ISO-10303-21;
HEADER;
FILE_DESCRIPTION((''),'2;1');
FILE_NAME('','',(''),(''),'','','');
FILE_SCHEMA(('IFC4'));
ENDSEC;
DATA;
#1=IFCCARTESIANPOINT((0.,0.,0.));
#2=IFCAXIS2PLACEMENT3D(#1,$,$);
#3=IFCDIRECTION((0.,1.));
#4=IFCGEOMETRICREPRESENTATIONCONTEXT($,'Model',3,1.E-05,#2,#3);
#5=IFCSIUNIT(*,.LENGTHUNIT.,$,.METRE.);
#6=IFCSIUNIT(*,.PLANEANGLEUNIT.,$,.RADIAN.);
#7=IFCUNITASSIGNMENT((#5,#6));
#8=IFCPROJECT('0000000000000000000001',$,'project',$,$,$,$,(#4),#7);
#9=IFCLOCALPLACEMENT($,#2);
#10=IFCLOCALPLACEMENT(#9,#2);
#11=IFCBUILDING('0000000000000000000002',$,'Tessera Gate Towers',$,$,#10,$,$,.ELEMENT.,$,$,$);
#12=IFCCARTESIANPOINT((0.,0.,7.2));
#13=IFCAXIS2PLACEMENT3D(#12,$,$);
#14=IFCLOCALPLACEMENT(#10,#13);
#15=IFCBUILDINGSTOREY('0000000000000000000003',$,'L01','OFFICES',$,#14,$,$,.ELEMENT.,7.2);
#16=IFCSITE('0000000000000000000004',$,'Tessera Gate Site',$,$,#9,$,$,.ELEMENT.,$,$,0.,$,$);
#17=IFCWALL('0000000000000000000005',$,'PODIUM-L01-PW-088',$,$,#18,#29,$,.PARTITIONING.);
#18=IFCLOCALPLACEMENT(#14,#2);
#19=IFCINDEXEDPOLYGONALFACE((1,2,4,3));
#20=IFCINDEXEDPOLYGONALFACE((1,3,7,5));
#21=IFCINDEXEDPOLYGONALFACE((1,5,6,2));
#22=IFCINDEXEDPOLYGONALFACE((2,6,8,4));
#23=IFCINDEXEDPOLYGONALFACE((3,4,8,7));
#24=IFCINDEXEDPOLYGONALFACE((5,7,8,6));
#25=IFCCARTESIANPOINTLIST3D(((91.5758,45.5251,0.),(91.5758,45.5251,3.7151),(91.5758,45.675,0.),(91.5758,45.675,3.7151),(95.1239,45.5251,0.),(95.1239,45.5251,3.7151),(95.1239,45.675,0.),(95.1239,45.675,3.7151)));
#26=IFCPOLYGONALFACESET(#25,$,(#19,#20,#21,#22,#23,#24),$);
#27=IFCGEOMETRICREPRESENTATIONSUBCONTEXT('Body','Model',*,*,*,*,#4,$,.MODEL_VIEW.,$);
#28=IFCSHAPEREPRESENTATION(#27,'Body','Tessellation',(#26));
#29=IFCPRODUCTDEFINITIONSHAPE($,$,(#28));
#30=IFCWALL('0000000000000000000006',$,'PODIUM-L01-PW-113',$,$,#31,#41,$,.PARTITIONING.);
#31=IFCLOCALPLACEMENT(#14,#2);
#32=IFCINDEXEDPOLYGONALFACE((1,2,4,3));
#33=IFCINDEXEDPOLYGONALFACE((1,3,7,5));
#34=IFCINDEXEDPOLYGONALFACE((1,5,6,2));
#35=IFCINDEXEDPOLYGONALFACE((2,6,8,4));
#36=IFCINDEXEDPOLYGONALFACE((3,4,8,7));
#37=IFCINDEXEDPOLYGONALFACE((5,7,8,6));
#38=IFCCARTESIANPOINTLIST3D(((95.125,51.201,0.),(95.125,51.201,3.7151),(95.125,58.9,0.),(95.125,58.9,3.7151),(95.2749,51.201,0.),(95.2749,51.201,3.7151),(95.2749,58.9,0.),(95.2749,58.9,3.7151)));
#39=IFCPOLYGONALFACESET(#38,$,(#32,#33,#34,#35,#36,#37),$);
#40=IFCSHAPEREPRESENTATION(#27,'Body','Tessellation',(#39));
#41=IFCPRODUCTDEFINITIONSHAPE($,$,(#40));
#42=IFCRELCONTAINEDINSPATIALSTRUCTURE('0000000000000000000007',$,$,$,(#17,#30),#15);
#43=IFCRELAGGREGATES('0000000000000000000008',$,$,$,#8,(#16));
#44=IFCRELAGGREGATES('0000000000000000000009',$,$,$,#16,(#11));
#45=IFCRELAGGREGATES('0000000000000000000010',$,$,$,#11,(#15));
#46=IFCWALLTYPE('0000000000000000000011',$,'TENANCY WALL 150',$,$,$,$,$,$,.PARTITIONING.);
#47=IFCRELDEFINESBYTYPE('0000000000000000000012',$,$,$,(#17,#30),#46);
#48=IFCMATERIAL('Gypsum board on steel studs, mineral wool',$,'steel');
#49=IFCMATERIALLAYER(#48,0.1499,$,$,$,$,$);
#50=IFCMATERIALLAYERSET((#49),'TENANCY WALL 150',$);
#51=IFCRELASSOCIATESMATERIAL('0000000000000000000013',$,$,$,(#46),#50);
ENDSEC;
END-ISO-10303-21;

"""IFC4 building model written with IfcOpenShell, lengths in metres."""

from ifc_helpers import new_model, si_unit, direction, frame, frame_2d, origin, place, context, subcontext, project, spatial, rectangle, extrude, material, layer, layer_set, type_object, element, save


model = new_model("IFC4")

# Units and contexts
model_context = context("Model", 3, precision=1e-05, world=origin(), true_north=direction((0.0, 1.0)))
body_context = subcontext(model_context, "Body", "Model", "MODEL_VIEW")
ifc_project = project(units=[si_unit("LENGTHUNIT", "METRE"), si_unit("PLANEANGLEUNIT", "RADIAN")], contexts=[model_context])

# Site, building, storey
site_placement = place(None, origin())
site = spatial("IfcSite", under=ifc_project, at=site_placement, Name="Tessera Gate Site", CompositionType="ELEMENT", RefElevation=0.0)
building_placement = place(site_placement, origin())
building = spatial("IfcBuilding", under=site, at=building_placement, Name="Tessera Gate Towers", CompositionType="ELEMENT")
storey_placement = place(building_placement, frame((0.0, 0.0, 7.2)))
storey = spatial("IfcBuildingStorey", under=building, at=storey_placement, Name="L01", Description="OFFICES", CompositionType="ELEMENT", Elevation=7.2)

# Walls
ifc_material_1 = material(Name="Gypsum board on steel studs, mineral wool", Category="steel")
ifc_layer_1 = layer(ifc_material_1, 0.1499)
ifc_layer_set_1 = layer_set([ifc_layer_1], Name="TENANCY WALL 150")
wall_type_1 = type_object("IfcWallType", Name="TENANCY WALL 150", PredefinedType="PARTITIONING", material=ifc_layer_set_1)
wall_1_placement = place(storey_placement, frame((91.5759, 45.6001, 0.0), z_axis=(0.0, 0.0, 1.0), x_axis=(1.0, 0.0, 0.0)))
element("IfcWall", 1, at=wall_1_placement, inside=storey, type_object=wall_type_1, Name="PODIUM-L01-PW-088", PredefinedType="PARTITIONING", context=body_context, shape_type="SweptSolid", body=[
    extrude(rectangle(XDim=3.5481, YDim=0.1499, at=frame_2d((1.7739, 0.0))), origin(), (0.0, 0.0, 1.0), 3.7151),
])
wall_2_placement = place(storey_placement, frame((95.2, 51.2009, 0.0), z_axis=(0.0, 0.0, 1.0), x_axis=(0.0, 1.0, 0.0)))
element("IfcWall", 2, at=wall_2_placement, inside=storey, type_object=wall_type_1, Name="PODIUM-L01-PW-113", PredefinedType="PARTITIONING", context=body_context, shape_type="SweptSolid", body=[
    extrude(rectangle(XDim=7.699, YDim=0.1499, at=frame_2d((3.8496, 0.0))), origin(), (0.0, 0.0, 1.0), 3.7151),
])

save(model, "model.ifc")
